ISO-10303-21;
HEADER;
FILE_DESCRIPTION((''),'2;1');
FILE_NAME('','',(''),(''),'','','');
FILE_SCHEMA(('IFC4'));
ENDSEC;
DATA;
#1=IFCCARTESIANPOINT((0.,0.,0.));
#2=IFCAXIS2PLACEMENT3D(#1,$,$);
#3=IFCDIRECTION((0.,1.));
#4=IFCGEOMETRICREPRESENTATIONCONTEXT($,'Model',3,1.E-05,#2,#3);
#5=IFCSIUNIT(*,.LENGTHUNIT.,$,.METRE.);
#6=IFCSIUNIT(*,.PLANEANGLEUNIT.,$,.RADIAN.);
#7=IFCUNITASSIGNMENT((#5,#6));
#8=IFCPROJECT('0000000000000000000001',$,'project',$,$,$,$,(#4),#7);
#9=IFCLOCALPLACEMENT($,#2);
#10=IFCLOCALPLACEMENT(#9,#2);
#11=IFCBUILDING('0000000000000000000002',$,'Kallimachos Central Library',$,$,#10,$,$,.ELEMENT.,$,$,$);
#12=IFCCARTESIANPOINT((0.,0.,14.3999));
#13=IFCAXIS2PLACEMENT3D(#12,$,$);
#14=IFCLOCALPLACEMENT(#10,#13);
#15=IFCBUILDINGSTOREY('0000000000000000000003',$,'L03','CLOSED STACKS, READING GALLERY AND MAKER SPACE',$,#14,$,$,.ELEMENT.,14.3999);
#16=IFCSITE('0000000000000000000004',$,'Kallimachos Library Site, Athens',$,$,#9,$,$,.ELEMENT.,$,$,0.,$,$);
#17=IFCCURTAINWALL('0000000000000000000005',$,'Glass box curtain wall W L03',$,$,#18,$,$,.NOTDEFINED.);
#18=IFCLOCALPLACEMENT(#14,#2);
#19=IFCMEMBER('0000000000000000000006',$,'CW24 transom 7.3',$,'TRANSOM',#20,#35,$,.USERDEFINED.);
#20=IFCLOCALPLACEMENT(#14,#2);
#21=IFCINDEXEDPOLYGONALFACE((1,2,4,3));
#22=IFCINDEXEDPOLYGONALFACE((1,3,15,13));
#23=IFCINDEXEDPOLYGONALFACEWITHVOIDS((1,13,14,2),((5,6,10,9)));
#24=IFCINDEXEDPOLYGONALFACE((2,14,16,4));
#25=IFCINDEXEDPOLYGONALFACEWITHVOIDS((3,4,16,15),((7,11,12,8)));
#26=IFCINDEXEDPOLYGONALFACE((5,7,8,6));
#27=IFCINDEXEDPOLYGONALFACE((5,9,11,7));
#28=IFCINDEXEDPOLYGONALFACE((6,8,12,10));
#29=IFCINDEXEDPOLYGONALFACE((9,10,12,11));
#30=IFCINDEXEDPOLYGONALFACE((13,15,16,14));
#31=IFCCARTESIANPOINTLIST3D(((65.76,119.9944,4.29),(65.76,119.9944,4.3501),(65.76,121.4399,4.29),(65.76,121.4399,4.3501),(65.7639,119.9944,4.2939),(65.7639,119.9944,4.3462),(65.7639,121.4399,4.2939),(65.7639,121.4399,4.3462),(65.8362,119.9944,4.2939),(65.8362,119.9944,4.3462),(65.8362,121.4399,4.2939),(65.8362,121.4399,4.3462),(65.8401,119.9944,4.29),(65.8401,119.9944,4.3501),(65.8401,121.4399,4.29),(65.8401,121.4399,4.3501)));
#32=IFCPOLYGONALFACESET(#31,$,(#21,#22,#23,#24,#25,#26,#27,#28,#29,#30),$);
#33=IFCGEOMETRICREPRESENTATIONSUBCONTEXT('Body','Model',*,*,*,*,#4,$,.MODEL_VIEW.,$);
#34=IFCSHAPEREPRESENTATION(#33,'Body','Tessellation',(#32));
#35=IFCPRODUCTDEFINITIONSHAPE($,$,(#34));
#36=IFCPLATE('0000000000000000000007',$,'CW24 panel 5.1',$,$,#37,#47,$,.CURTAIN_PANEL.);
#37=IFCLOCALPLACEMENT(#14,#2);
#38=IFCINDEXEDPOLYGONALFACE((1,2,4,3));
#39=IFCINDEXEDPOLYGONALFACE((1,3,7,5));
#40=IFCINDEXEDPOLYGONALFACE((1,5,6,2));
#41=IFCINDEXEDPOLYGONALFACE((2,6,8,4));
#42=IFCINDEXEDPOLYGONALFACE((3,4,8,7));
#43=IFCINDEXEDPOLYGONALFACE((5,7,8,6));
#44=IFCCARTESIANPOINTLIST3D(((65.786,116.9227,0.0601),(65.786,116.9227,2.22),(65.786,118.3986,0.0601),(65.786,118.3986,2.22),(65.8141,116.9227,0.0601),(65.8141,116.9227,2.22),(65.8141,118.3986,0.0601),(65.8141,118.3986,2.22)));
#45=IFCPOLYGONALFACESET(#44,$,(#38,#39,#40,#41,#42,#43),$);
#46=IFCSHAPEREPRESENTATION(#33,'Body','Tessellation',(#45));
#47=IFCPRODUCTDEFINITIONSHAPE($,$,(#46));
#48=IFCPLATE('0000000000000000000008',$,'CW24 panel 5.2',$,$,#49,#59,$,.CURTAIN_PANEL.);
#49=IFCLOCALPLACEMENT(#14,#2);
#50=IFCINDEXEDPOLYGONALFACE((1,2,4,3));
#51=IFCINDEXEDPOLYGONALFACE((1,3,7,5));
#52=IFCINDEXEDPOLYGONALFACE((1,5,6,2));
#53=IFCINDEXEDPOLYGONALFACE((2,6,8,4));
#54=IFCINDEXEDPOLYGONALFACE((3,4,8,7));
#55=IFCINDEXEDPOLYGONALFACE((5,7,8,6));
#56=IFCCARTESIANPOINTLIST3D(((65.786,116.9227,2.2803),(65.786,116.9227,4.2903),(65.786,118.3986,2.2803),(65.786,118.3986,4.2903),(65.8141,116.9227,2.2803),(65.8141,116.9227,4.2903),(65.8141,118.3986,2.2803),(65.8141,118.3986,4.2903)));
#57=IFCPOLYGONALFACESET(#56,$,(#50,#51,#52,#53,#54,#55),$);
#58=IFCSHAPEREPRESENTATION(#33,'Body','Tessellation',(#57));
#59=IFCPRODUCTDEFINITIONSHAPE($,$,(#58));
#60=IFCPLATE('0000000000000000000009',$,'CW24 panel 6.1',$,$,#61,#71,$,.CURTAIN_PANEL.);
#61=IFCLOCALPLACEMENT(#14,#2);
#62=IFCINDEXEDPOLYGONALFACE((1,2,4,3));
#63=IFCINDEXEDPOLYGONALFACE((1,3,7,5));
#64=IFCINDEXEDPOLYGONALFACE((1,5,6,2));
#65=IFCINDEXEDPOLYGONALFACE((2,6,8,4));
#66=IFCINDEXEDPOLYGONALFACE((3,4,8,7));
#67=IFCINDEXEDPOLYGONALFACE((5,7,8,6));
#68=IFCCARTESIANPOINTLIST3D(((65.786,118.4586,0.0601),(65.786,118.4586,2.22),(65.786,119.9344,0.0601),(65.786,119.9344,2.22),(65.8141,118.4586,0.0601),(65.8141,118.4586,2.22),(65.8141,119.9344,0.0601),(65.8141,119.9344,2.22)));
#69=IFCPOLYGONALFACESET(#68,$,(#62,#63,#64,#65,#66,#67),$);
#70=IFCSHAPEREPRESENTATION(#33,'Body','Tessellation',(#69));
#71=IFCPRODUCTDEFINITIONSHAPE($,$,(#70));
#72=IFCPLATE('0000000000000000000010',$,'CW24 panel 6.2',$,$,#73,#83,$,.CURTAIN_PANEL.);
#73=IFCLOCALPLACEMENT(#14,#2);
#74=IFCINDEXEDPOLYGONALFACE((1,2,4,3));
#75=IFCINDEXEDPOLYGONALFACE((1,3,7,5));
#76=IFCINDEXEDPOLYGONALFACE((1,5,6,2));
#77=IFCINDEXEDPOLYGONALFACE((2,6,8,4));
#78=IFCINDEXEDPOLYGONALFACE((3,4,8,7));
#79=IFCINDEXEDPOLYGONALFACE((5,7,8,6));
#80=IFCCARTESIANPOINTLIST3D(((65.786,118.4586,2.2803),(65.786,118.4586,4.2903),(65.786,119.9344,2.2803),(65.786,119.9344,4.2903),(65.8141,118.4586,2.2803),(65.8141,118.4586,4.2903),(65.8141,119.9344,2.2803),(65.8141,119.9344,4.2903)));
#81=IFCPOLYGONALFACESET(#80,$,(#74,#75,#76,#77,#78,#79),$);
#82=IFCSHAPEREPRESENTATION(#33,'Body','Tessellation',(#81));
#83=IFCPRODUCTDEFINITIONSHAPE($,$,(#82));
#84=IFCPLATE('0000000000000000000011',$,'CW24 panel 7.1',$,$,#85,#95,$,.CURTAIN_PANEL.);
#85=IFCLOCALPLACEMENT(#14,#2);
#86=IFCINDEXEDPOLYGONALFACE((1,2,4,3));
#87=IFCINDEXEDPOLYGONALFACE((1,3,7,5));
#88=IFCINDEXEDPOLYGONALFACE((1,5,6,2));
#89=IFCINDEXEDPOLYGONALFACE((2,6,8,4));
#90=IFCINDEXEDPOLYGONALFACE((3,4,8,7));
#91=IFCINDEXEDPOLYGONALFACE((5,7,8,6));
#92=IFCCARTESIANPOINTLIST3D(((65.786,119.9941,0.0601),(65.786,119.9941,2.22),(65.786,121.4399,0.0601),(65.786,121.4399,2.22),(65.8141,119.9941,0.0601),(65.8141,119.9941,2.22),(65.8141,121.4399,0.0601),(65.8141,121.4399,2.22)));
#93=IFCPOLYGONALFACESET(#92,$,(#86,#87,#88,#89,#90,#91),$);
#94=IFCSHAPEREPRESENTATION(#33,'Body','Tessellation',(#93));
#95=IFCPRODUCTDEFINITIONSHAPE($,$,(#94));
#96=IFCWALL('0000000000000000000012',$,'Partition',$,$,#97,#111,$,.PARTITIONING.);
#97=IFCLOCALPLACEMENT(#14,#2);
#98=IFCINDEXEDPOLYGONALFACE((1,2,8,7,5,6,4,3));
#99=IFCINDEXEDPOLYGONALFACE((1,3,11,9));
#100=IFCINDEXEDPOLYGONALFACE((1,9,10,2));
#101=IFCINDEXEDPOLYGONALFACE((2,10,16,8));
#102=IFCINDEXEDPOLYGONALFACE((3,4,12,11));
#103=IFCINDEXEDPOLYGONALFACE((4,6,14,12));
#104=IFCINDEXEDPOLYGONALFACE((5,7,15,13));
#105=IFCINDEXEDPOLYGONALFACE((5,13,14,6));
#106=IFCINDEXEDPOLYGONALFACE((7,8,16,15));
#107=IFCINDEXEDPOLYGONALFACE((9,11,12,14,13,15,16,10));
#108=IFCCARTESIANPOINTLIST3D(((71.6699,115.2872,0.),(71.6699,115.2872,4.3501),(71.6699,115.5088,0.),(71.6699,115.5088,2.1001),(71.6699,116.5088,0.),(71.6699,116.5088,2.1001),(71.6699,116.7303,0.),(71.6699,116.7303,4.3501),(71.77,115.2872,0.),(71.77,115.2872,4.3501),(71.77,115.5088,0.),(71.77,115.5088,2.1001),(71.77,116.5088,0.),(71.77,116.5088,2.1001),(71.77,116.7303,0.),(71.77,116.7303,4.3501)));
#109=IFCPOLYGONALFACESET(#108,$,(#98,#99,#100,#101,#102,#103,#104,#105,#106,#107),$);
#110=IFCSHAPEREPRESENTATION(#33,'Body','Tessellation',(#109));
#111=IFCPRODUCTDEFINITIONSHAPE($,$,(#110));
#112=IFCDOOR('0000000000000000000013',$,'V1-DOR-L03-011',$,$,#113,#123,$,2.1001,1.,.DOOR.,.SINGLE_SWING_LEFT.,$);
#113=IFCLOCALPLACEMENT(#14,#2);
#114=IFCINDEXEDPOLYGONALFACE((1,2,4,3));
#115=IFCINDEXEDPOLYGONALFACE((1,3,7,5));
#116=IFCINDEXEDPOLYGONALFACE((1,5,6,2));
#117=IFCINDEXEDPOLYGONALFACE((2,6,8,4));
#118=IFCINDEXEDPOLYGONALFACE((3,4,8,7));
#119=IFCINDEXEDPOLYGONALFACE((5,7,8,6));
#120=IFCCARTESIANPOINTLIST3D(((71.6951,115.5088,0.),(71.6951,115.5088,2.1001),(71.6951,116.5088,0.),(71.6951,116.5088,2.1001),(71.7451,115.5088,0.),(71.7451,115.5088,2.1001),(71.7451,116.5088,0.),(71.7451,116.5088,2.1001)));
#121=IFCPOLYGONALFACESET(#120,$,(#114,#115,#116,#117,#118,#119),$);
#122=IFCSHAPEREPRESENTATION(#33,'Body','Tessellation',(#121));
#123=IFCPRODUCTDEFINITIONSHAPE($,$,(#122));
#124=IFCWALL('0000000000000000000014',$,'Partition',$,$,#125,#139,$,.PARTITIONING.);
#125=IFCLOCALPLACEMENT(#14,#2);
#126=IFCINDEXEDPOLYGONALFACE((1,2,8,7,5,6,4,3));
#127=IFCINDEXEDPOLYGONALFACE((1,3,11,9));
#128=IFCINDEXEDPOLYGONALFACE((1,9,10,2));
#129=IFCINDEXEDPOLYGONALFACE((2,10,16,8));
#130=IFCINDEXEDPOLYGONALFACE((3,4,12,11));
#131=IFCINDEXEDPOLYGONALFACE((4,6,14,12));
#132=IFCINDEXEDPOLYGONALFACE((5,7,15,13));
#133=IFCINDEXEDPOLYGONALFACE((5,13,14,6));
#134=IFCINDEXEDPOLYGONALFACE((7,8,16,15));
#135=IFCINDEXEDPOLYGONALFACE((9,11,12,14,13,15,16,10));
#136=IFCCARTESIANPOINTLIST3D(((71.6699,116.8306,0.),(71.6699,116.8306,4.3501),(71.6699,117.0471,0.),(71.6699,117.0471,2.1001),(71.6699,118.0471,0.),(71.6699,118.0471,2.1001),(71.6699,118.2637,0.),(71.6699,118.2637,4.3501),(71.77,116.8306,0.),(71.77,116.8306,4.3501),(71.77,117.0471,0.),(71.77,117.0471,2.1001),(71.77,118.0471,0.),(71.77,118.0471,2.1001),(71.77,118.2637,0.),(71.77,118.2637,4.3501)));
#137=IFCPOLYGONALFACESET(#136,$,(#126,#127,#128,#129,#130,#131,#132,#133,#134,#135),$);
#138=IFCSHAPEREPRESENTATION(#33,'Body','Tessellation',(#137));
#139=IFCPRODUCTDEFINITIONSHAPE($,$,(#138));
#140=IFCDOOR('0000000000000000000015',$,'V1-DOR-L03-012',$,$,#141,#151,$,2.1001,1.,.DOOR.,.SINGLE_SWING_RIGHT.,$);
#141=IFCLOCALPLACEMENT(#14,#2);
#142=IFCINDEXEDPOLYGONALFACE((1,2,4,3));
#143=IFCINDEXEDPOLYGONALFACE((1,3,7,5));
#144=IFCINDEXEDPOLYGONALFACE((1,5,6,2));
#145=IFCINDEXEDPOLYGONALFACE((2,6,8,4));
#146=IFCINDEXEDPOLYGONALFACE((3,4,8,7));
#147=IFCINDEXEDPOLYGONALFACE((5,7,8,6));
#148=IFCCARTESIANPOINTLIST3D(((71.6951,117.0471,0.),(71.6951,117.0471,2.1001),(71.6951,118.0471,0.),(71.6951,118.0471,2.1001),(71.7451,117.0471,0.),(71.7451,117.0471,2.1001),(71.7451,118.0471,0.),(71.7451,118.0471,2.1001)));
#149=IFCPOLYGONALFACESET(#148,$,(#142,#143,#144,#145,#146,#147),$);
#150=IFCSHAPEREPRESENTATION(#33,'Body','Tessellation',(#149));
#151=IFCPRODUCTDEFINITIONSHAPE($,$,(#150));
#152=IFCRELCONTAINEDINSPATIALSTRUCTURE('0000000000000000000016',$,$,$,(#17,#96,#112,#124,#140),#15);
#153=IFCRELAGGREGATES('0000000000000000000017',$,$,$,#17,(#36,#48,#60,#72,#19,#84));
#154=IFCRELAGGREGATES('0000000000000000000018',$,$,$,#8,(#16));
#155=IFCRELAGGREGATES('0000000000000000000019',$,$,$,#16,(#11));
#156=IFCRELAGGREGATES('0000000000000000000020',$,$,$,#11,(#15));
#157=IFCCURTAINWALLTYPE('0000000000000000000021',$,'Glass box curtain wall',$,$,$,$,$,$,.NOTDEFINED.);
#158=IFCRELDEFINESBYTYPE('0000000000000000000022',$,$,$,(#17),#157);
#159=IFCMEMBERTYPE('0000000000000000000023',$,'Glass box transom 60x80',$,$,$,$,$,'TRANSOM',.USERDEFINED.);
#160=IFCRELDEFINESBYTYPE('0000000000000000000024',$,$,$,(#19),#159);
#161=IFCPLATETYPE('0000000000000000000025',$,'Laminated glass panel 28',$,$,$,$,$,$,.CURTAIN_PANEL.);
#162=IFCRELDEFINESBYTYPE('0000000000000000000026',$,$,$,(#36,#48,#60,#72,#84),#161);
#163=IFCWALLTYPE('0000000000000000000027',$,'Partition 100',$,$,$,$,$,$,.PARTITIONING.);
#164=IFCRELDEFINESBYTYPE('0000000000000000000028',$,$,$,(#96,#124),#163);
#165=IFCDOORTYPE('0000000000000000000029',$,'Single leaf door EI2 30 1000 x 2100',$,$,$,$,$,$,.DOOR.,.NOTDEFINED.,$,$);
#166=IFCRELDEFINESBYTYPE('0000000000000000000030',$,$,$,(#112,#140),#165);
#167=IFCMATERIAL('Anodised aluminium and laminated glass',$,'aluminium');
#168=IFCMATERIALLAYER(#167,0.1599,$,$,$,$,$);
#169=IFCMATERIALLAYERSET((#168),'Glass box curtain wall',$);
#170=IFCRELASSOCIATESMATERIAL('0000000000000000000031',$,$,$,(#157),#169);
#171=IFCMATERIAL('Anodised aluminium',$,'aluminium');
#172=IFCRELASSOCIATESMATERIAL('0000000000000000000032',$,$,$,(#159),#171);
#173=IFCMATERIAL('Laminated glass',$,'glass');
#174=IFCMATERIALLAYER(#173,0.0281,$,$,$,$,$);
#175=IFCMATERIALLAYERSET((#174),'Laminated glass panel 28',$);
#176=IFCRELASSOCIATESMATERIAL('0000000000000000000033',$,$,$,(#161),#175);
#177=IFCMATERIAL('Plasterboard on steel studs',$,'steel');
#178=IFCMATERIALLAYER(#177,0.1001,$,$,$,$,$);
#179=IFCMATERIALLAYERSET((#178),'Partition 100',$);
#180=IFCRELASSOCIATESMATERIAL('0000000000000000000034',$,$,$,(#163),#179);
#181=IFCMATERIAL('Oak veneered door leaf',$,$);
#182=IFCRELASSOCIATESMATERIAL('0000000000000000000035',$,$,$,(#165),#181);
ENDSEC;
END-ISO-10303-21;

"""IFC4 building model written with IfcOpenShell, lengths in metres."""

from ifc_helpers import new_model, si_unit, direction, frame, frame_2d, origin, origin_2d, place, context, subcontext, project, spatial, rectangle, hollow_rectangle, extrude, material, layer, layer_set, material_profile, profile_set, type_object, element, fill, aggregate, save


model = new_model("IFC4")

# Units and contexts
model_context = context("Model", 3, precision=1e-05, world=origin(), true_north=direction((0.0, 1.0)))
body_context = subcontext(model_context, "Body", "Model", "MODEL_VIEW")
ifc_project = project(units=[si_unit("LENGTHUNIT", "METRE"), si_unit("PLANEANGLEUNIT", "RADIAN")], contexts=[model_context])

# Site, building, storey
site_placement = place(None, origin())
site = spatial("IfcSite", under=ifc_project, at=site_placement, Name="Kallimachos Library Site, Athens", CompositionType="ELEMENT", RefElevation=0.0)
building_placement = place(site_placement, origin())
building = spatial("IfcBuilding", under=site, at=building_placement, Name="Kallimachos Central Library", CompositionType="ELEMENT")
storey_placement = place(building_placement, frame((0.0, 0.0, 14.3999)))
storey = spatial("IfcBuildingStorey", under=building, at=storey_placement, Name="L03", Description="CLOSED STACKS, READING GALLERY AND MAKER SPACE", CompositionType="ELEMENT", Elevation=14.3999)

# Curtain wall, member, plates
ifc_material_1 = material(Name="Anodised aluminium and laminated glass", Category="aluminium")
ifc_layer_1 = layer(ifc_material_1, 0.1599)
ifc_layer_set_1 = layer_set([ifc_layer_1], Name="Glass box curtain wall")
curtain_wall_type = type_object("IfcCurtainWallType", Name="Glass box curtain wall", PredefinedType="NOTDEFINED", material=ifc_layer_set_1)
curtain_wall_placement = place(storey_placement, origin())
curtain_wall = element("IfcCurtainWall", 1, at=curtain_wall_placement, inside=storey, type_object=curtain_wall_type, Name="Glass box curtain wall W L03", PredefinedType="NOTDEFINED")
ifc_material_2 = material(Name="Anodised aluminium", Category="aluminium")
ifc_material_profile_1 = material_profile(ifc_material_2, hollow_rectangle(XDim=0.0601, YDim=0.0801, WallThickness=0.0039, at=origin_2d()), Name="ALU TRANSOM 60x80")
ifc_profile_set_1 = profile_set([ifc_material_profile_1], Name="Anodised aluminium")
member_type_1 = type_object("IfcMemberType", Name="Glass box transom 60x80", ElementType="TRANSOM", PredefinedType="USERDEFINED", material=ifc_profile_set_1)
member_1_placement = place(storey_placement, frame((65.8, 119.9944, 4.3201), z_axis=(0.0, 1.0, 0.0), x_axis=(0.0, 0.0, 1.0)))
member_1 = element("IfcMember", 2, at=member_1_placement, type_object=member_type_1, Name="CW24 transom 7.3", ObjectType="TRANSOM", PredefinedType="USERDEFINED", context=body_context, shape_type="SweptSolid", body=[
    extrude(hollow_rectangle(XDim=0.0601, YDim=0.0801, WallThickness=0.0039, at=origin_2d()), origin(), (0.0, 0.0, 1.0), 1.4456),
])
ifc_material_3 = material(Name="Laminated glass", Category="glass")
ifc_layer_2 = layer(ifc_material_3, 0.0281)
ifc_layer_set_2 = layer_set([ifc_layer_2], Name="Laminated glass panel 28")
plate_type = type_object("IfcPlateType", Name="Laminated glass panel 28", PredefinedType="CURTAIN_PANEL", material=ifc_layer_set_2)
plate_1_placement = place(storey_placement, frame((65.8, 117.6606, 0.0601), z_axis=(0.0, 0.0, 1.0), x_axis=(0.0, 1.0, 0.0)))
plate_1 = element("IfcPlate", 3, at=plate_1_placement, type_object=plate_type, Name="CW24 panel 5.1", PredefinedType="CURTAIN_PANEL", context=body_context, shape_type="SweptSolid", body=[
    extrude(rectangle(XDim=1.4758, YDim=0.0281, at=origin_2d()), origin(), (0.0, 0.0, 1.0), 2.1599),
])
plate_2_placement = place(storey_placement, frame((65.8, 117.6606, 2.2803), z_axis=(0.0, 0.0, 1.0), x_axis=(0.0, 1.0, 0.0)))
plate_2 = element("IfcPlate", 4, at=plate_2_placement, type_object=plate_type, Name="CW24 panel 5.2", PredefinedType="CURTAIN_PANEL", context=body_context, shape_type="SweptSolid", body=[
    extrude(rectangle(XDim=1.4758, YDim=0.0281, at=origin_2d()), origin(), (0.0, 0.0, 1.0), 2.01),
])
plate_3_placement = place(storey_placement, frame((65.8, 119.1965, 0.0601), z_axis=(0.0, 0.0, 1.0), x_axis=(0.0, 1.0, 0.0)))
plate_3 = element("IfcPlate", 5, at=plate_3_placement, type_object=plate_type, Name="CW24 panel 6.1", PredefinedType="CURTAIN_PANEL", context=body_context, shape_type="SweptSolid", body=[
    extrude(rectangle(XDim=1.4758, YDim=0.0281, at=origin_2d()), origin(), (0.0, 0.0, 1.0), 2.1599),
])
plate_4_placement = place(storey_placement, frame((65.8, 119.1965, 2.2803), z_axis=(0.0, 0.0, 1.0), x_axis=(0.0, 1.0, 0.0)))
plate_4 = element("IfcPlate", 6, at=plate_4_placement, type_object=plate_type, Name="CW24 panel 6.2", PredefinedType="CURTAIN_PANEL", context=body_context, shape_type="SweptSolid", body=[
    extrude(rectangle(XDim=1.4758, YDim=0.0281, at=origin_2d()), origin(), (0.0, 0.0, 1.0), 2.01),
])
plate_5_placement = place(storey_placement, frame((65.8, 120.717, 0.0601), z_axis=(0.0, 0.0, 1.0), x_axis=(0.0, 1.0, 0.0)))
plate_5 = element("IfcPlate", 7, at=plate_5_placement, type_object=plate_type, Name="CW24 panel 7.1", PredefinedType="CURTAIN_PANEL", context=body_context, shape_type="SweptSolid", body=[
    extrude(rectangle(XDim=1.4458, YDim=0.0281, at=origin_2d()), origin(), (0.0, 0.0, 1.0), 2.1599),
])
aggregate(curtain_wall, [plate_1, plate_2, plate_3, plate_4, member_1, plate_5])

# Walls, openings, doors
ifc_material_4 = material(Name="Plasterboard on steel studs", Category="steel")
ifc_layer_3 = layer(ifc_material_4, 0.1001)
ifc_layer_set_3 = layer_set([ifc_layer_3], Name="Partition 100")
wall_type = type_object("IfcWallType", Name="Partition 100", PredefinedType="PARTITIONING", material=ifc_layer_set_3)
wall_1_placement = place(storey_placement, frame((71.72, 116.7305, 0.0), z_axis=(0.0, 0.0, 1.0), x_axis=(0.0, -1.0, 0.0)))
wall_1 = element("IfcWall", 8, at=wall_1_placement, inside=storey, type_object=wall_type, Name="Partition", PredefinedType="PARTITIONING", context=body_context, shape_type="SweptSolid", body=[
    extrude(rectangle(XDim=1.4431, YDim=0.1001, at=frame_2d((0.7217, 0.0))), origin(), (0.0, 0.0, 1.0), 4.3501),
])
opening_1_placement = place(wall_1_placement, frame((0.2217, 0.0, 0.0)))
opening_1 = element("IfcOpeningElement", 9, at=opening_1_placement, cuts=wall_1, PredefinedType="OPENING", context=body_context, shape_type="SweptSolid", body=[
    extrude(rectangle(XDim=1.0, YDim=2.1001, at=frame_2d((0.5, 1.05))), frame((0.0, 0.0601, 0.0), z_axis=(0.0, -1.0, 0.0), x_axis=(1.0, 0.0, 0.0)), (0.0, 0.0, 1.0), 0.1201),
])
ifc_material_5 = material(Name="Oak veneered door leaf")
door_type = type_object("IfcDoorType", Name="Single leaf door EI2 30 1000 x 2100", OperationType="NOTDEFINED", PredefinedType="DOOR", material=ifc_material_5)
door_1_placement = place(opening_1_placement, frame((1.0, 0.0, 0.0), z_axis=(0.0, 0.0, 1.0), x_axis=(-1.0, 0.0, 0.0)))
door_1 = element("IfcDoor", 10, at=door_1_placement, inside=storey, type_object=door_type, Name="V1-DOR-L03-011", OperationType="SINGLE_SWING_LEFT", OverallHeight=2.1001, OverallWidth=1.0, PredefinedType="DOOR", context=body_context, shape_type="SweptSolid", body=[
    extrude(rectangle(XDim=1.0, YDim=2.1001, at=frame_2d((0.5, 1.05))), frame((0.0, 0.0249, 0.0), z_axis=(0.0, -1.0, 0.0), x_axis=(1.0, 0.0, 0.0)), (0.0, 0.0, 1.0), 0.05),
])
fill(opening_1, door_1)
wall_2_placement = place(storey_placement, frame((71.72, 118.2637, 0.0), z_axis=(0.0, 0.0, 1.0), x_axis=(0.0, -1.0, 0.0)))
wall_2 = element("IfcWall", 11, at=wall_2_placement, inside=storey, type_object=wall_type, Name="Partition", PredefinedType="PARTITIONING", context=body_context, shape_type="SweptSolid", body=[
    extrude(rectangle(XDim=1.4331, YDim=0.1001, at=frame_2d((0.7166, 0.0))), origin(), (0.0, 0.0, 1.0), 4.3501),
])
opening_2_placement = place(wall_2_placement, frame((0.2166, 0.0, 0.0)))
opening_2 = element("IfcOpeningElement", 12, at=opening_2_placement, cuts=wall_2, PredefinedType="OPENING", context=body_context, shape_type="SweptSolid", body=[
    extrude(rectangle(XDim=1.0, YDim=2.1001, at=frame_2d((0.5, 1.05))), frame((0.0, 0.0601, 0.0), z_axis=(0.0, -1.0, 0.0), x_axis=(1.0, 0.0, 0.0)), (0.0, 0.0, 1.0), 0.1201),
])
door_2_placement = place(opening_2_placement, frame((1.0, 0.0, 0.0), z_axis=(0.0, 0.0, 1.0), x_axis=(-1.0, 0.0, 0.0)))
door_2 = element("IfcDoor", 13, at=door_2_placement, inside=storey, type_object=door_type, Name="V1-DOR-L03-012", OperationType="SINGLE_SWING_RIGHT", OverallHeight=2.1001, OverallWidth=1.0, PredefinedType="DOOR", context=body_context, shape_type="SweptSolid", body=[
    extrude(rectangle(XDim=1.0, YDim=2.1001, at=frame_2d((0.5, 1.05))), frame((0.0, 0.0249, 0.0), z_axis=(0.0, -1.0, 0.0), x_axis=(1.0, 0.0, 0.0)), (0.0, 0.0, 1.0), 0.05),
])
fill(opening_2, door_2)

save(model, "model.ifc")
